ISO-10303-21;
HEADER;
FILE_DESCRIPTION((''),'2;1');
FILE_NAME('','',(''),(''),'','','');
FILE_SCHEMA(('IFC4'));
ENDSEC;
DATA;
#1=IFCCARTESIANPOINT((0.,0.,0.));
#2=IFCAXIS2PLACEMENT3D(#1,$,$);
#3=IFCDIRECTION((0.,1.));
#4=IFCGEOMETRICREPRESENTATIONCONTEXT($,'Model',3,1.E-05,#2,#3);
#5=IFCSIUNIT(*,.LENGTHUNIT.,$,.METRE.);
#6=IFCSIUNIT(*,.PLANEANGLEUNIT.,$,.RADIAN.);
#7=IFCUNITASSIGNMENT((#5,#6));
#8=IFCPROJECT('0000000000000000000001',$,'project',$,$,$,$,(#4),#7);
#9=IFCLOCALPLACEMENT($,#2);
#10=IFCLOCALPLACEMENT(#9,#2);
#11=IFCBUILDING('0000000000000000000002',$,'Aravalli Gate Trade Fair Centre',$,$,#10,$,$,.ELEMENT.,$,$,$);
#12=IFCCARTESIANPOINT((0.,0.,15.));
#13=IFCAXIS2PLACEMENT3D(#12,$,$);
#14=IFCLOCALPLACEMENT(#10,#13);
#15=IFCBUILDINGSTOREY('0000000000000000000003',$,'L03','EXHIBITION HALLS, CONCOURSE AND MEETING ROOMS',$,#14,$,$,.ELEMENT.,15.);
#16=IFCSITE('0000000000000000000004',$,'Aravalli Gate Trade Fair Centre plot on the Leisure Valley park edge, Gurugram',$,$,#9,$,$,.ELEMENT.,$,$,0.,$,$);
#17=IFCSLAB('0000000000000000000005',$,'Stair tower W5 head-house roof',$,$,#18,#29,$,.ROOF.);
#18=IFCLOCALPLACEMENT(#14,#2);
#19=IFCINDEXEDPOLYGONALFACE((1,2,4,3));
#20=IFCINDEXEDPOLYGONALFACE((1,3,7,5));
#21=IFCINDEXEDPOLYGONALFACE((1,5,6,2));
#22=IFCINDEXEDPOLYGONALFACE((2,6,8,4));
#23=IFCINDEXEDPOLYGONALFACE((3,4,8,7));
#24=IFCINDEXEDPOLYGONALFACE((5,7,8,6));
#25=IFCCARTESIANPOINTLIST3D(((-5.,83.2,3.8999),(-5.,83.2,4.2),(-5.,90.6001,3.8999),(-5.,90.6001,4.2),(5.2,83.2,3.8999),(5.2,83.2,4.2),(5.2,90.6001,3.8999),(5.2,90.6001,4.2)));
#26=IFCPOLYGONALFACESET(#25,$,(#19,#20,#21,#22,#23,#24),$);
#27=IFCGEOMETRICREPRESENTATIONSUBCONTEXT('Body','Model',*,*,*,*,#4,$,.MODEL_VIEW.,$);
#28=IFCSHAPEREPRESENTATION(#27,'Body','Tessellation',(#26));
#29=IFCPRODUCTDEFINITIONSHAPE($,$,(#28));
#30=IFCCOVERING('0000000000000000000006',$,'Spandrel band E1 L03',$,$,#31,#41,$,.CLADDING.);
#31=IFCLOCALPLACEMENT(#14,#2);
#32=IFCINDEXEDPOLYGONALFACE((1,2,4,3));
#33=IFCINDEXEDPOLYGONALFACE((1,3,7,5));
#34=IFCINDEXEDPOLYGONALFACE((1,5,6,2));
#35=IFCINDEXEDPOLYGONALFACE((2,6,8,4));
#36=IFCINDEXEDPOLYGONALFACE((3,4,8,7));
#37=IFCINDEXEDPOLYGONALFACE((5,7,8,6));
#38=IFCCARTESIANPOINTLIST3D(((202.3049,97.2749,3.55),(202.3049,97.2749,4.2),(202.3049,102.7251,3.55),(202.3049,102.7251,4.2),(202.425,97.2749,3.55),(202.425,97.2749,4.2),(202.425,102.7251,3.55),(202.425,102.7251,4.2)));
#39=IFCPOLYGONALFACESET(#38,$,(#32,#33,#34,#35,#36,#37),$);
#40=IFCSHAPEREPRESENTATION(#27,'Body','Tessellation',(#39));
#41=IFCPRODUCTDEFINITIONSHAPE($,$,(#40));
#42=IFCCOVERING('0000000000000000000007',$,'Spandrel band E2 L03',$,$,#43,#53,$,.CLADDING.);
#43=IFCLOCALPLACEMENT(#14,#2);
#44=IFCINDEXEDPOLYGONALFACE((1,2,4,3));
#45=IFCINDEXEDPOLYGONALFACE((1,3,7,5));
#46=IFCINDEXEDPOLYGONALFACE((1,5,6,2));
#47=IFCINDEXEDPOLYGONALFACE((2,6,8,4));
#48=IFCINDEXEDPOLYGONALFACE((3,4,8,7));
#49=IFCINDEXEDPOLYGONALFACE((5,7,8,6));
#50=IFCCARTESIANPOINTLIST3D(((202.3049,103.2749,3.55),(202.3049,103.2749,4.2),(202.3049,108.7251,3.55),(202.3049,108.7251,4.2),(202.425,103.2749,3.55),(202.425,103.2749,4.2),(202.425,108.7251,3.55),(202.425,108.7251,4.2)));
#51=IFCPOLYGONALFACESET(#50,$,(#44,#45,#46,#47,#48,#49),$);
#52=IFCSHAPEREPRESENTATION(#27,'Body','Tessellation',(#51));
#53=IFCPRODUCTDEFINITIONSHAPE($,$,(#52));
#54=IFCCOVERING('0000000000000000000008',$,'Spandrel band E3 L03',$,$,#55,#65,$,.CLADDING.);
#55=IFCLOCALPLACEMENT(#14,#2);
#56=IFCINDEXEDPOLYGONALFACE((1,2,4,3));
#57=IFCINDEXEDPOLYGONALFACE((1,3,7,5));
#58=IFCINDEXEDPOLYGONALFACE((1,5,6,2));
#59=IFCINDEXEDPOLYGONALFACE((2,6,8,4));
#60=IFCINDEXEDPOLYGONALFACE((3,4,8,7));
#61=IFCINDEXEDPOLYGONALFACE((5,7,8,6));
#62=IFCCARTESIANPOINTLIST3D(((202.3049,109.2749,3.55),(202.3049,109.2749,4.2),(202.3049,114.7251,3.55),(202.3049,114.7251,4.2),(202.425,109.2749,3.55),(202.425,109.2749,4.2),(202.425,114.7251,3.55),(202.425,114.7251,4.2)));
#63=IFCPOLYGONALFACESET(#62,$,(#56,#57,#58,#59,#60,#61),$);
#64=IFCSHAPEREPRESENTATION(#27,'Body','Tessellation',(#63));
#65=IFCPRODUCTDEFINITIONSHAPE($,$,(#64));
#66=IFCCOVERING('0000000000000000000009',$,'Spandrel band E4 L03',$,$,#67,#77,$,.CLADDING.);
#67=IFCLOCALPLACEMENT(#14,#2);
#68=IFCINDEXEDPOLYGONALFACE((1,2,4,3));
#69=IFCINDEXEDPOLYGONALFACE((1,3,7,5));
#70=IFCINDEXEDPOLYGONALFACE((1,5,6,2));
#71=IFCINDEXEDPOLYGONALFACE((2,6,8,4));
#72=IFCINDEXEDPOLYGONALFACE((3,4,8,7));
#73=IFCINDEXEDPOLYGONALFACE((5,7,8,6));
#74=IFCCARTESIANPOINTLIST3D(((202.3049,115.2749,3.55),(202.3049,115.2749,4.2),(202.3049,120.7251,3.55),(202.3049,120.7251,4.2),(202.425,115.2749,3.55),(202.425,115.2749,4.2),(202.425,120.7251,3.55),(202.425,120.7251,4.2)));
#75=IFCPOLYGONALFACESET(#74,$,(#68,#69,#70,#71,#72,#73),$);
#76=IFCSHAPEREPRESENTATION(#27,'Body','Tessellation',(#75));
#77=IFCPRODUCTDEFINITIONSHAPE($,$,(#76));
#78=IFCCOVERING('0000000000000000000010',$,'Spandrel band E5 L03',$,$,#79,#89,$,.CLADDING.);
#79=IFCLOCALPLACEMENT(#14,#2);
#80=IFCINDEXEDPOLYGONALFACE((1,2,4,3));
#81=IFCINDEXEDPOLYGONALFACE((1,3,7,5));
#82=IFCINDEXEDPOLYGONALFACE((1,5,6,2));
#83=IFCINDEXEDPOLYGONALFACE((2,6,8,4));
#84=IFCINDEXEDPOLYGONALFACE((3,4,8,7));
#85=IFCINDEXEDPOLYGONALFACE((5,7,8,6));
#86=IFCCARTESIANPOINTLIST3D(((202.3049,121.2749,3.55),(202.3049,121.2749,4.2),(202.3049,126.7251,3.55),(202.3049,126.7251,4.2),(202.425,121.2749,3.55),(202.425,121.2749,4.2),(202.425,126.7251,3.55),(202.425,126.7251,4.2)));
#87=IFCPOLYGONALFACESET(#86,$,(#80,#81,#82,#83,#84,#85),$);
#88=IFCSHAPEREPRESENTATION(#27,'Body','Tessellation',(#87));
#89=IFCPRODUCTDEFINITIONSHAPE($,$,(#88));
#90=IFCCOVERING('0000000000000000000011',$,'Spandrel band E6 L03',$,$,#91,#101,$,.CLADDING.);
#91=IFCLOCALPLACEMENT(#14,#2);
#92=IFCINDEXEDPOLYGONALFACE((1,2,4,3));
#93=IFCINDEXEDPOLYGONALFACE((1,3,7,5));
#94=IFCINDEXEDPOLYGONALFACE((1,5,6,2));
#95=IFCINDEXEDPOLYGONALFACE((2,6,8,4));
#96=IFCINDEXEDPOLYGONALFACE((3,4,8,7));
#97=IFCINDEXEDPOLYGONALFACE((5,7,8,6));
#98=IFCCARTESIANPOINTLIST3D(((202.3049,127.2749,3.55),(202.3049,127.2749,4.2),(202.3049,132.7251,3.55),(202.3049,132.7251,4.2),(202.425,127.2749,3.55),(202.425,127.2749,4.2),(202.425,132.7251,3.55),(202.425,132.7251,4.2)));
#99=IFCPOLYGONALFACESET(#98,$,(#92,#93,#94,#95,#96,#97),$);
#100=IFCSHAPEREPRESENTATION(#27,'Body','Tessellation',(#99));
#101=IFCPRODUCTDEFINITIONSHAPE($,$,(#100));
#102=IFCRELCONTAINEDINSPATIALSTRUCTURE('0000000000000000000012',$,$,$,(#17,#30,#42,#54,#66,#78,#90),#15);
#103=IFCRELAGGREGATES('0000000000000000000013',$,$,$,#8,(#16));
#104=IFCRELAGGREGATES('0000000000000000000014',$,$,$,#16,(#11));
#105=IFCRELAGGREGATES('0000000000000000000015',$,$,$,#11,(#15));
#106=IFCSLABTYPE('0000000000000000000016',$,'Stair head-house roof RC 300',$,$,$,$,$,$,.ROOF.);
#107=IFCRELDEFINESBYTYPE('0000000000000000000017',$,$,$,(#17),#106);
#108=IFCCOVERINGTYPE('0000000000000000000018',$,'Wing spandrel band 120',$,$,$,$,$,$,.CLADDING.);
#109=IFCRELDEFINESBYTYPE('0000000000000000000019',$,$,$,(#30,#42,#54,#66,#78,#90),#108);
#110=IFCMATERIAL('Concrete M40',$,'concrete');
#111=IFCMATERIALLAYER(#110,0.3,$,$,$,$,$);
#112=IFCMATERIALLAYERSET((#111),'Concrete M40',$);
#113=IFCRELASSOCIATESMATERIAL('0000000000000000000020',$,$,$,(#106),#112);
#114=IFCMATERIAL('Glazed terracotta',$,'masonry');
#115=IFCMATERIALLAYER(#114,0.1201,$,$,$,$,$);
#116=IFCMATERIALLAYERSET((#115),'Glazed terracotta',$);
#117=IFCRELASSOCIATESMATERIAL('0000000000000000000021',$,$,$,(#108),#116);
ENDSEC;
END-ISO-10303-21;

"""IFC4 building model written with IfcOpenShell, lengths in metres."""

from ifc_helpers import new_model, si_unit, direction, frame, origin, place, context, subcontext, project, spatial, polyline, outline, extrude, material, layer, layer_set, type_object, element, save


model = new_model("IFC4")

# Units and contexts
model_context = context("Model", 3, precision=1e-05, world=origin(), true_north=direction((0.0, 1.0)))
body_context = subcontext(model_context, "Body", "Model", "MODEL_VIEW")
ifc_project = project(units=[si_unit("LENGTHUNIT", "METRE"), si_unit("PLANEANGLEUNIT", "RADIAN")], contexts=[model_context])

# Site, building, storey
site_placement = place(None, origin())
site = spatial("IfcSite", under=ifc_project, at=site_placement, Name="Aravalli Gate Trade Fair Centre plot on the Leisure Valley park edge, Gurugram", CompositionType="ELEMENT", RefElevation=0.0)
building_placement = place(site_placement, origin())
building = spatial("IfcBuilding", under=site, at=building_placement, Name="Aravalli Gate Trade Fair Centre", CompositionType="ELEMENT")
storey_placement = place(building_placement, frame((0.0, 0.0, 15.0)))
storey = spatial("IfcBuildingStorey", under=building, at=storey_placement, Name="L03", Description="EXHIBITION HALLS, CONCOURSE AND MEETING ROOMS", CompositionType="ELEMENT", Elevation=15.0)

# Slab
ifc_material_1 = material(Name="Concrete M40", Category="concrete")
ifc_layer_1 = layer(ifc_material_1, 0.3)
ifc_layer_set_1 = layer_set([ifc_layer_1], Name="Concrete M40")
slab_type_1 = type_object("IfcSlabType", Name="Stair head-house roof RC 300", PredefinedType="ROOF", material=ifc_layer_set_1)
slab_1_placement = place(storey_placement, frame((0.0, 0.0, 3.8999)))
element("IfcSlab", 1, at=slab_1_placement, inside=storey, type_object=slab_type_1, Name="Stair tower W5 head-house roof", PredefinedType="ROOF", context=body_context, shape_type="SweptSolid", body=[
    extrude(outline(polyline([(5.2, 83.2), (5.2, 90.6001), (-5.0, 90.6001), (-5.0, 83.2), (5.2, 83.2)])), origin(), (0.0, 0.0, 1.0), 0.3),
])

# Coverings
ifc_material_2 = material(Name="Glazed terracotta", Category="masonry")
ifc_layer_2 = layer(ifc_material_2, 0.1201)
ifc_layer_set_2 = layer_set([ifc_layer_2], Name="Glazed terracotta")
covering_type = type_object("IfcCoveringType", Name="Wing spandrel band 120", PredefinedType="CLADDING", material=ifc_layer_set_2)
covering_1_placement = place(storey_placement, frame((0.0, 0.0, 3.55)))
element("IfcCovering", 2, at=covering_1_placement, inside=storey, type_object=covering_type, Name="Spandrel band E1 L03", PredefinedType="CLADDING", context=body_context, shape_type="SweptSolid", body=[
    extrude(outline(polyline([(202.3049, 97.2749), (202.425, 97.2749), (202.425, 102.7251), (202.3049, 102.7251), (202.3049, 97.2749)])), origin(), (0.0, 0.0, 1.0), 0.6499),
])
covering_2_placement = place(storey_placement, frame((0.0, 0.0, 3.55)))
element("IfcCovering", 3, at=covering_2_placement, inside=storey, type_object=covering_type, Name="Spandrel band E2 L03", PredefinedType="CLADDING", context=body_context, shape_type="SweptSolid", body=[
    extrude(outline(polyline([(202.3049, 103.2749), (202.425, 103.2749), (202.425, 108.7251), (202.3049, 108.7251), (202.3049, 103.2749)])), origin(), (0.0, 0.0, 1.0), 0.6499),
])
covering_3_placement = place(storey_placement, frame((0.0, 0.0, 3.55)))
element("IfcCovering", 4, at=covering_3_placement, inside=storey, type_object=covering_type, Name="Spandrel band E3 L03", PredefinedType="CLADDING", context=body_context, shape_type="SweptSolid", body=[
    extrude(outline(polyline([(202.3049, 109.2749), (202.425, 109.2749), (202.425, 114.7251), (202.3049, 114.7251), (202.3049, 109.2749)])), origin(), (0.0, 0.0, 1.0), 0.6499),
])
covering_4_placement = place(storey_placement, frame((0.0, 0.0, 3.55)))
element("IfcCovering", 5, at=covering_4_placement, inside=storey, type_object=covering_type, Name="Spandrel band E4 L03", PredefinedType="CLADDING", context=body_context, shape_type="SweptSolid", body=[
    extrude(outline(polyline([(202.3049, 115.2749), (202.425, 115.2749), (202.425, 120.7251), (202.3049, 120.7251), (202.3049, 115.2749)])), origin(), (0.0, 0.0, 1.0), 0.6499),
])
covering_5_placement = place(storey_placement, frame((0.0, 0.0, 3.55)))
element("IfcCovering", 6, at=covering_5_placement, inside=storey, type_object=covering_type, Name="Spandrel band E5 L03", PredefinedType="CLADDING", context=body_context, shape_type="SweptSolid", body=[
    extrude(outline(polyline([(202.3049, 121.2749), (202.425, 121.2749), (202.425, 126.7251), (202.3049, 126.7251), (202.3049, 121.2749)])), origin(), (0.0, 0.0, 1.0), 0.6499),
])
covering_6_placement = place(storey_placement, frame((0.0, 0.0, 3.55)))
element("IfcCovering", 7, at=covering_6_placement, inside=storey, type_object=covering_type, Name="Spandrel band E6 L03", PredefinedType="CLADDING", context=body_context, shape_type="SweptSolid", body=[
    extrude(outline(polyline([(202.3049, 127.2749), (202.425, 127.2749), (202.425, 132.7251), (202.3049, 132.7251), (202.3049, 127.2749)])), origin(), (0.0, 0.0, 1.0), 0.6499),
])

save(model, "model.ifc")
